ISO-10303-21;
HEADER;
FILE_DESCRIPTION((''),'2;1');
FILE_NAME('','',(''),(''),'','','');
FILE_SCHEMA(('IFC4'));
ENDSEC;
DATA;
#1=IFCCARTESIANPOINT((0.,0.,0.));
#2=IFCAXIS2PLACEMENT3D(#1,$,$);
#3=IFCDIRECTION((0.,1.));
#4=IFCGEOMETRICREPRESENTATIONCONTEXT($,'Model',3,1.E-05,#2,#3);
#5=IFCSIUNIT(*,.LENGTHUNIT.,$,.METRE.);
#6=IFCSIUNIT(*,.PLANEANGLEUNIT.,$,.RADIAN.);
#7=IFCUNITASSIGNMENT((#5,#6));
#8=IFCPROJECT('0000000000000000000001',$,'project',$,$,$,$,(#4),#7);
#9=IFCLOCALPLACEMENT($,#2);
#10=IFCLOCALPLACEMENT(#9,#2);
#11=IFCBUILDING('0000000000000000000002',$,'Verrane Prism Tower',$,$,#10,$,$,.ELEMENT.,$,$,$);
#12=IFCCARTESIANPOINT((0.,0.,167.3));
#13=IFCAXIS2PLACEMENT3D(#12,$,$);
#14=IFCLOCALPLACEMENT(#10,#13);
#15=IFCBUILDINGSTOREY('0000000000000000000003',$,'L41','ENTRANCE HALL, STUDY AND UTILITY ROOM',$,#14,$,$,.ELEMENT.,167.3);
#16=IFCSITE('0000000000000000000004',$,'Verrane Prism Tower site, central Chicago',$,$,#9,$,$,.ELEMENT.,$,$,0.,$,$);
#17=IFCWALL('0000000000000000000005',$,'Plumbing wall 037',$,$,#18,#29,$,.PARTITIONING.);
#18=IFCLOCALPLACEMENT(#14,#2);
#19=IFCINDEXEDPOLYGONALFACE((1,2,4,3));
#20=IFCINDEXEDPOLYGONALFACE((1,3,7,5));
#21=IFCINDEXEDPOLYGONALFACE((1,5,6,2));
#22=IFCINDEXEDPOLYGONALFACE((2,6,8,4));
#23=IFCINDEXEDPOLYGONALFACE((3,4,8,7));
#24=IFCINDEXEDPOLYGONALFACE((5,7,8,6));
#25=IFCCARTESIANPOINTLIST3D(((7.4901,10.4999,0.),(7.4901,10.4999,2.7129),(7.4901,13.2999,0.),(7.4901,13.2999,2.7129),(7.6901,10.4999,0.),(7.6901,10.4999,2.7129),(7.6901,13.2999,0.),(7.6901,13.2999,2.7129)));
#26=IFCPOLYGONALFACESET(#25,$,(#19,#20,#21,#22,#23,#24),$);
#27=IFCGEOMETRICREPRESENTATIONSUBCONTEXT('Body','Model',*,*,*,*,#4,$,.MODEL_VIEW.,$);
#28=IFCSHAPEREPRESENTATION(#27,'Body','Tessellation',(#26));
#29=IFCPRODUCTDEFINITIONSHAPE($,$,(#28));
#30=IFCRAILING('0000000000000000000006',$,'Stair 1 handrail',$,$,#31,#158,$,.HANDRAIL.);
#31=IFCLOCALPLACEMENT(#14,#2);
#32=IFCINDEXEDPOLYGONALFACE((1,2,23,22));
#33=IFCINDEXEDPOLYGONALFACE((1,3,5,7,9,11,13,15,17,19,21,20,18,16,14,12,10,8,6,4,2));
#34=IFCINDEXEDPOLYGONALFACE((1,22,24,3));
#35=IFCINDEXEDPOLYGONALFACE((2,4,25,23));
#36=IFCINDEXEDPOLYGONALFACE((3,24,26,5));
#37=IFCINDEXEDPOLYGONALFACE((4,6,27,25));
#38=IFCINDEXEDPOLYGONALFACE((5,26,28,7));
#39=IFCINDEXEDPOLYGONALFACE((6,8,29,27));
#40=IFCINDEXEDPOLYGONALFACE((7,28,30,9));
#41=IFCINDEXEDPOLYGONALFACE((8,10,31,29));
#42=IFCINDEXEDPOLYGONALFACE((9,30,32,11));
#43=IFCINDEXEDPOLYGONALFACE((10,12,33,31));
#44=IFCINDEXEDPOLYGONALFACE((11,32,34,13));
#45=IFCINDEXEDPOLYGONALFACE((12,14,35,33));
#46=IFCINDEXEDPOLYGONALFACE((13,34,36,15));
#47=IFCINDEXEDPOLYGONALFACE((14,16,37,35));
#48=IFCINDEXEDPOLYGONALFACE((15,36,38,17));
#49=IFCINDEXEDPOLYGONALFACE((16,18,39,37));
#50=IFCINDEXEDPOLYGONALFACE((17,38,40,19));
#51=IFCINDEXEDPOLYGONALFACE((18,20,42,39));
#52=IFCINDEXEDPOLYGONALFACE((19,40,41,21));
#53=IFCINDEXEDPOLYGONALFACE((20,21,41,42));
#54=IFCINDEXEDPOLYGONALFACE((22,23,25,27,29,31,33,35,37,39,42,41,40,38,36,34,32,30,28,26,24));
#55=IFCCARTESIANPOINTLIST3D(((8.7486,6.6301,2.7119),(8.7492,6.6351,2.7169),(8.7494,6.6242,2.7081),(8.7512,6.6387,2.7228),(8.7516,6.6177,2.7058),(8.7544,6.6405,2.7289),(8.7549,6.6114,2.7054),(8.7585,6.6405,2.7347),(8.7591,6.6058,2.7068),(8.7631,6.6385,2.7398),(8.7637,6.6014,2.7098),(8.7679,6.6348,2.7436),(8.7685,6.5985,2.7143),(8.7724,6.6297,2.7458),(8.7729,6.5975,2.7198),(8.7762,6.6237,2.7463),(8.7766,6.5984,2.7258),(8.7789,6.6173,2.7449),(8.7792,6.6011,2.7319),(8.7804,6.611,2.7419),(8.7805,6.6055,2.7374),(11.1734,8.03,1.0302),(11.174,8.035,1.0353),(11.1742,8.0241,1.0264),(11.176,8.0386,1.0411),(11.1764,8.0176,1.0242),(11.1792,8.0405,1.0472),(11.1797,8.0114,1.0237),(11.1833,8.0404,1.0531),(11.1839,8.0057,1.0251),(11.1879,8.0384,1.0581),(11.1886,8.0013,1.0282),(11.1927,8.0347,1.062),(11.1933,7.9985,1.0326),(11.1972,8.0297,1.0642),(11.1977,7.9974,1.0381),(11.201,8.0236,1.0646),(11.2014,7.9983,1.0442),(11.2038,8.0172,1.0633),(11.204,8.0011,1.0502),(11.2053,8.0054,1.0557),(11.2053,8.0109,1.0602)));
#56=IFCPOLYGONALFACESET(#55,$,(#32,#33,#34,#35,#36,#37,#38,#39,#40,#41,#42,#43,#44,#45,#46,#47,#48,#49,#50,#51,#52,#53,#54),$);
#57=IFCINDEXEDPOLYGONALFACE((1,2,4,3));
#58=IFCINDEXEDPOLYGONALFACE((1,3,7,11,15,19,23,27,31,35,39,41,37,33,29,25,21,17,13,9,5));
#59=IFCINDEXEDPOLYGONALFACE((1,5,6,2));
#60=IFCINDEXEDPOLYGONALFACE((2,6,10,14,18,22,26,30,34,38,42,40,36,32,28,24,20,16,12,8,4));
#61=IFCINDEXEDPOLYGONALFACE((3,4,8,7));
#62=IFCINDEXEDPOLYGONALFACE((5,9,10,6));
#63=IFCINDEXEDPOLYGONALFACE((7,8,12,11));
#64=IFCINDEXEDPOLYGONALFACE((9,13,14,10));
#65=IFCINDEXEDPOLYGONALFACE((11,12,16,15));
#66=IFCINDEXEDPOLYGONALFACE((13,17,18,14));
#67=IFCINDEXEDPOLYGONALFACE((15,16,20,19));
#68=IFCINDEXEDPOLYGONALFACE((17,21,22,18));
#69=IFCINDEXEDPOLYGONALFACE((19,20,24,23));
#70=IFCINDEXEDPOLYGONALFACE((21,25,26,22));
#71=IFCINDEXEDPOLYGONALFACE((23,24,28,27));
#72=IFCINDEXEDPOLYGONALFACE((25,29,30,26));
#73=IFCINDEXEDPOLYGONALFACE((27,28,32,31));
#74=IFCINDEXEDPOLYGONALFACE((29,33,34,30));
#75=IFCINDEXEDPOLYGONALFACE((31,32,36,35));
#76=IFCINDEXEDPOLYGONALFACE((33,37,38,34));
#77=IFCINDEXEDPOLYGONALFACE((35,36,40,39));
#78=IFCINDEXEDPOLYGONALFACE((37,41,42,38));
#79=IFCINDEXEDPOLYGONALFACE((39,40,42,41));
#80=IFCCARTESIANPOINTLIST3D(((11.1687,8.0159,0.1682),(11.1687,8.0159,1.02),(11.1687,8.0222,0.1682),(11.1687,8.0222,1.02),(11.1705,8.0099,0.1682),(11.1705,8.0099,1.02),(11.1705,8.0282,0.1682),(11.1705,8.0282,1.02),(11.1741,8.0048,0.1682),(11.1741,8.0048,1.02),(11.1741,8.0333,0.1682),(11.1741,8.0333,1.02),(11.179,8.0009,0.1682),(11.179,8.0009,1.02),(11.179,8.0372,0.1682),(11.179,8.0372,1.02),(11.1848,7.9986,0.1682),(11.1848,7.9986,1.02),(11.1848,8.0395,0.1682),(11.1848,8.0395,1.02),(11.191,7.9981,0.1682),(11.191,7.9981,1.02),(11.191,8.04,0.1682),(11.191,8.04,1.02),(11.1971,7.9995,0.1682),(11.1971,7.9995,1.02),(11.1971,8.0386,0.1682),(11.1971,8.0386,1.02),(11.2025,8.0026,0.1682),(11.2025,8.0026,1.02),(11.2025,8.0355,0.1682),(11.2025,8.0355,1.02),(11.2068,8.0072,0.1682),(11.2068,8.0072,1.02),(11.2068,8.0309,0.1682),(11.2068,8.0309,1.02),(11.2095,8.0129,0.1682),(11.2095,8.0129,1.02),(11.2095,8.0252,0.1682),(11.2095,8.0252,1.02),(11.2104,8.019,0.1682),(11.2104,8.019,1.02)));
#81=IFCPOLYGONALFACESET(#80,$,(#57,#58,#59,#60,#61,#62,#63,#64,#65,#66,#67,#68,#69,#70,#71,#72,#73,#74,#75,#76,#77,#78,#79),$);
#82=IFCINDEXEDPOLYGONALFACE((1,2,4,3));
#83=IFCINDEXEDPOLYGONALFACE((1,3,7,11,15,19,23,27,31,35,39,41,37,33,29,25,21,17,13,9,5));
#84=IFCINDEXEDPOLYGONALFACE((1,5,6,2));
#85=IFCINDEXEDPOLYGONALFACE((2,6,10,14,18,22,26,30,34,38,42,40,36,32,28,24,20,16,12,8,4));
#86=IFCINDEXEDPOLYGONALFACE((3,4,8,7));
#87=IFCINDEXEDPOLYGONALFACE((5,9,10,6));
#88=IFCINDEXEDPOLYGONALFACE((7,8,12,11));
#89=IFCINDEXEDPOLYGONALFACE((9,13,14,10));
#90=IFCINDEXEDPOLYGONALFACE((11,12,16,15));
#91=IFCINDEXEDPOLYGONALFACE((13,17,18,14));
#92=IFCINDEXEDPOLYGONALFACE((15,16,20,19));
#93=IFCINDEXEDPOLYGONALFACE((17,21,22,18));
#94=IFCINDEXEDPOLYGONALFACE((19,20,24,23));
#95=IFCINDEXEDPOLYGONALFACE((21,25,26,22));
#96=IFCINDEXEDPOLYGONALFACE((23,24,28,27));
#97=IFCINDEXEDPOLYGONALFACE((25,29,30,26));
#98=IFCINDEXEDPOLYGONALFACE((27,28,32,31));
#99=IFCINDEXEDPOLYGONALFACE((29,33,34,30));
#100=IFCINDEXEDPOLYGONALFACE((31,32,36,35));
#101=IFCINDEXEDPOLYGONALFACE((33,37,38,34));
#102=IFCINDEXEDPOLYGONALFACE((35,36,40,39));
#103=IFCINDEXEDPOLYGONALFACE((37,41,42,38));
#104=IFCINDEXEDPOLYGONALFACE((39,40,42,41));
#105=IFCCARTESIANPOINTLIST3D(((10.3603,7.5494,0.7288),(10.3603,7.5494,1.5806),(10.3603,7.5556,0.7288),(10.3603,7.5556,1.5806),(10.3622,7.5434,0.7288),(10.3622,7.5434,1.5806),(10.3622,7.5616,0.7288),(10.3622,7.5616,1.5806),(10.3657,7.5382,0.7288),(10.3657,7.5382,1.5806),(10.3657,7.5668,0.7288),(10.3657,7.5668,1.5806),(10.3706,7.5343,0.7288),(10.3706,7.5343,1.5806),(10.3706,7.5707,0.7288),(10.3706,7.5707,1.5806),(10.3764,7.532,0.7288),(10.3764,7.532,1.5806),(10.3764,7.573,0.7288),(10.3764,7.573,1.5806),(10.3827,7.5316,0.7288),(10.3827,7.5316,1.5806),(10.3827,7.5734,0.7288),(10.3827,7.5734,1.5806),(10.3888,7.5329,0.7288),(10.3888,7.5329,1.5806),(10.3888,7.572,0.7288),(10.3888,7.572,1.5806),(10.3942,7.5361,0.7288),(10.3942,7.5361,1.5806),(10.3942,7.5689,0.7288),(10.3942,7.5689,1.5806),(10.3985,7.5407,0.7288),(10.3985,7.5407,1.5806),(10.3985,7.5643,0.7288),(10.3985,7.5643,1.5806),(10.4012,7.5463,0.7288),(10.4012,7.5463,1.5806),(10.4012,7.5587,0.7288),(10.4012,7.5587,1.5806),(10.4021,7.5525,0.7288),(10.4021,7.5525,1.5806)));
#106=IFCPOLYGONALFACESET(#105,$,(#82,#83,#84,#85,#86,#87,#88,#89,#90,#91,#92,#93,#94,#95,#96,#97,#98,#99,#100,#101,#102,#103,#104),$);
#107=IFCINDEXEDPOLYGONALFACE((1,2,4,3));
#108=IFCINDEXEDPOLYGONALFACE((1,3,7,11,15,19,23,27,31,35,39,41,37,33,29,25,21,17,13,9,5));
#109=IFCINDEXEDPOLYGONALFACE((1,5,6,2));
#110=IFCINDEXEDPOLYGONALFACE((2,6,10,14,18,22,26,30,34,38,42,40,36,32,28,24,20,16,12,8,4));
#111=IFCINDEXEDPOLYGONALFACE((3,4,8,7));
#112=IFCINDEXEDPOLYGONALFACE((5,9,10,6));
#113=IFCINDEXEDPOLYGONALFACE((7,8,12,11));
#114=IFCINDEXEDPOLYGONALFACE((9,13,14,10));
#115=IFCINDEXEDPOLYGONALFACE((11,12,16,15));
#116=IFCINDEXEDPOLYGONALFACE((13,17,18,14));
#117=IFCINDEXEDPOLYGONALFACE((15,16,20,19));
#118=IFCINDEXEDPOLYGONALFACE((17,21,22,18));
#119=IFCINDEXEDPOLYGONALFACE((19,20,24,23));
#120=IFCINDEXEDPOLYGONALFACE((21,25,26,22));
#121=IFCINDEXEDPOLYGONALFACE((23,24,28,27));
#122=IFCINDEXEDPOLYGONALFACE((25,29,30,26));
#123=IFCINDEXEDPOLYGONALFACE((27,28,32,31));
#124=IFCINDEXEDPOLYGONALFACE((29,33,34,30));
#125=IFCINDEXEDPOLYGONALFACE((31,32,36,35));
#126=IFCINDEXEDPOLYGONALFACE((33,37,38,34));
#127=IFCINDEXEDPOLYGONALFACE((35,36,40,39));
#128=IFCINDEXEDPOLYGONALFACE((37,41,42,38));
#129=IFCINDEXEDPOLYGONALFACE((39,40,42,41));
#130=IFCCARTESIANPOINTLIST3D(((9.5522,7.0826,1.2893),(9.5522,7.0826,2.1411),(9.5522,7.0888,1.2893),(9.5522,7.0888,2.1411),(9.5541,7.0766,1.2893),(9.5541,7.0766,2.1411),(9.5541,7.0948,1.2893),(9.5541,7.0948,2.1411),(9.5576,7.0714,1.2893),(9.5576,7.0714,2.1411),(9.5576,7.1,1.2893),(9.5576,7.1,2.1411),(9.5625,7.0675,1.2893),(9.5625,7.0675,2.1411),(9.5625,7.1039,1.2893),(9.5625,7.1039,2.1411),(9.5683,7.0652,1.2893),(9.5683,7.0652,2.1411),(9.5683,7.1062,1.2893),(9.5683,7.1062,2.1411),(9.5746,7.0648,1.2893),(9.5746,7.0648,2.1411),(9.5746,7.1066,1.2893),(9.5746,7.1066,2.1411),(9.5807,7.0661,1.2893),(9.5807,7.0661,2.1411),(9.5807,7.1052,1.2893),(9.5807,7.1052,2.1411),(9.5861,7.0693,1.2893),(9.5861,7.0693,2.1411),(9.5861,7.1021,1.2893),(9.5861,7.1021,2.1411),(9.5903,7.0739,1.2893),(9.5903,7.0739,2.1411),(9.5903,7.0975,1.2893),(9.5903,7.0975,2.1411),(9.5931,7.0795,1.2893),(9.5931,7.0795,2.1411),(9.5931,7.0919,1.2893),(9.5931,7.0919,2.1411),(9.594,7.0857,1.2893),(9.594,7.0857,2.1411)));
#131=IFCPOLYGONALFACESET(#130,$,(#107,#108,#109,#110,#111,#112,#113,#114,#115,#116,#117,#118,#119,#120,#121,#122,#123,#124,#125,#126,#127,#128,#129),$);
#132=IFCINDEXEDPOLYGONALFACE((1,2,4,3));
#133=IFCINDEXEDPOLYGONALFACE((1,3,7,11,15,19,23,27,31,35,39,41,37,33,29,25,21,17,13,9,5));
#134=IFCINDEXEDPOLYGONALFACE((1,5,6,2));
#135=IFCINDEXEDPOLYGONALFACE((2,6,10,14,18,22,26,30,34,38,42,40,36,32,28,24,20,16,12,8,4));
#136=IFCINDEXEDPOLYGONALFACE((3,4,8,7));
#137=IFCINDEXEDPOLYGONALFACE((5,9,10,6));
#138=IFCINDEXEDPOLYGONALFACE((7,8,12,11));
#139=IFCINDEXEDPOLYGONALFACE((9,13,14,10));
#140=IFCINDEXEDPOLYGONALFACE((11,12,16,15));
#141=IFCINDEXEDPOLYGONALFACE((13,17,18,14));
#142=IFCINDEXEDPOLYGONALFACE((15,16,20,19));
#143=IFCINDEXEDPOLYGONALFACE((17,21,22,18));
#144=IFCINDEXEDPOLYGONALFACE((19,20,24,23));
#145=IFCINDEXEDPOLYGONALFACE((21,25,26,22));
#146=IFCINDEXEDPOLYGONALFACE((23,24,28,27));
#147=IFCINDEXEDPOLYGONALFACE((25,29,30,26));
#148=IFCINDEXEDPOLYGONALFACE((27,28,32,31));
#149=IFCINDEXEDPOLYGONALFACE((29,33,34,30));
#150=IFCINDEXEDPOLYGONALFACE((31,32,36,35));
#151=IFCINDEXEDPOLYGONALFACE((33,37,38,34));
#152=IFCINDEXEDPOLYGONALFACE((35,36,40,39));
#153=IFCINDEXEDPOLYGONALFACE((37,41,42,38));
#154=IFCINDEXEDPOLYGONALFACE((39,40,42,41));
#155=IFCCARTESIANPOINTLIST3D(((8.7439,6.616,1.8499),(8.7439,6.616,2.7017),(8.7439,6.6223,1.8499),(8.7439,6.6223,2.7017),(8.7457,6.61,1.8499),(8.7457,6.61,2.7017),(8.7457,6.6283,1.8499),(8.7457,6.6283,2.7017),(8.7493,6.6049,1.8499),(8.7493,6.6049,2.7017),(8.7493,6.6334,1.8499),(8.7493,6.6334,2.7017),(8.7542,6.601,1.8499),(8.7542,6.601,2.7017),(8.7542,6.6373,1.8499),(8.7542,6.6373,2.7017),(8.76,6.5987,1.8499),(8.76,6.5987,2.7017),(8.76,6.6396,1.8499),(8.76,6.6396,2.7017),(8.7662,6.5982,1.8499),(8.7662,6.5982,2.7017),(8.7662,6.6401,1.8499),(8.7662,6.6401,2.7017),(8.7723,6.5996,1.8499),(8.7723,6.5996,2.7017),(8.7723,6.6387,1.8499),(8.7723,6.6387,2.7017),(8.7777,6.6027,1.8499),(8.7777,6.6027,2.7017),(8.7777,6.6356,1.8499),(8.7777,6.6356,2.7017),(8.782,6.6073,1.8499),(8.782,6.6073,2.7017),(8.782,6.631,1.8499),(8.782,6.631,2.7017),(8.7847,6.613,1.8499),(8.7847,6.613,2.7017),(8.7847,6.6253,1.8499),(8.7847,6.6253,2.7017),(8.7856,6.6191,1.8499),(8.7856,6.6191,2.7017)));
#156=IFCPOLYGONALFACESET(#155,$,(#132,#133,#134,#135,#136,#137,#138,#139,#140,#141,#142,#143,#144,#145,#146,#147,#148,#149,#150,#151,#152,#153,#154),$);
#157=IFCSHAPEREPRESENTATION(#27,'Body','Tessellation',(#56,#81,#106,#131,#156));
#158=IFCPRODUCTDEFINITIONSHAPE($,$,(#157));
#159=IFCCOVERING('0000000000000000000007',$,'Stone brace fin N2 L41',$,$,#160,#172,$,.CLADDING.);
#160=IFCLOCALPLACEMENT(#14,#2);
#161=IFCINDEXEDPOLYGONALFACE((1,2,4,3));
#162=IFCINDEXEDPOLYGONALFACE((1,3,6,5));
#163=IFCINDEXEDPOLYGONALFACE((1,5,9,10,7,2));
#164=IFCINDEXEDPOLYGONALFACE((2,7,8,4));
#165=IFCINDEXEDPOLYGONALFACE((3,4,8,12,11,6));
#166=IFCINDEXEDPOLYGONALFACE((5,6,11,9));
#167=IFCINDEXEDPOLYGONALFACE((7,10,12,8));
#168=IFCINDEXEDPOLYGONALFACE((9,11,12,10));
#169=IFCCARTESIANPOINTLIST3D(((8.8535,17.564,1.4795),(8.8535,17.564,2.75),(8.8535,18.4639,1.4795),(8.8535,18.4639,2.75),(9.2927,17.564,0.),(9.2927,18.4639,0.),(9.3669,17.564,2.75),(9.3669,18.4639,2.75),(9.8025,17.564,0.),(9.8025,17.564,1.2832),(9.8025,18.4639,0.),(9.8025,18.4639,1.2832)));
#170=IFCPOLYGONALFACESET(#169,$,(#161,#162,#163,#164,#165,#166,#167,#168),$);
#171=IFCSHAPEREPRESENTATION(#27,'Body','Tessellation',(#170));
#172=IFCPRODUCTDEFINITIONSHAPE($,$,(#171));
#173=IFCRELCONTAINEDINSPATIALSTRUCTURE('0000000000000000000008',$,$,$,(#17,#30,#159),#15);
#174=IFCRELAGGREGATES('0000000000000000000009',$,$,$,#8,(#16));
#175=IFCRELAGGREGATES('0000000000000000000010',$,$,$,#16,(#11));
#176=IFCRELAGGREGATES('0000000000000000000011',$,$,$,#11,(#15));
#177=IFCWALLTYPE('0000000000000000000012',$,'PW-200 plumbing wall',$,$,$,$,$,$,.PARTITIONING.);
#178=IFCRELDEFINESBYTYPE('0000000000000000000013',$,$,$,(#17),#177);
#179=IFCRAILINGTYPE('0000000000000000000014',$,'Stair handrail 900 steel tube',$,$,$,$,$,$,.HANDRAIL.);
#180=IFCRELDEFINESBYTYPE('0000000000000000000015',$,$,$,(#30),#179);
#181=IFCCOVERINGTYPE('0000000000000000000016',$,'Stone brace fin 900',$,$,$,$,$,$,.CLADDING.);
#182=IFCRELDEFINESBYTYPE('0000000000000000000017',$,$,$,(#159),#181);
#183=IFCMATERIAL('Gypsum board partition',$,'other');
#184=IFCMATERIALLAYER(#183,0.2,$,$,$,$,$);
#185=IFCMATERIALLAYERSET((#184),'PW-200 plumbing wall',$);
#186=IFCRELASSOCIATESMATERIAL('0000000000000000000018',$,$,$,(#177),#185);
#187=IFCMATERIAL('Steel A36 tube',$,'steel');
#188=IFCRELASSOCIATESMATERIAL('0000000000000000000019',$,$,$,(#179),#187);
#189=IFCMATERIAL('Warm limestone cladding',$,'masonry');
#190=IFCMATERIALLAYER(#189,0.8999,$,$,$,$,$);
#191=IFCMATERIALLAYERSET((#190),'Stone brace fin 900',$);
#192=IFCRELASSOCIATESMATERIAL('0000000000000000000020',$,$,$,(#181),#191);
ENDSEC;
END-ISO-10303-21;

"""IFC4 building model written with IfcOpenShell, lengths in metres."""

from ifc_helpers import new_model, si_unit, direction, frame, frame_2d, origin, origin_2d, place, context, subcontext, project, spatial, polyline, rectangle, circle, outline, extrude, material, layer, layer_set, type_object, element, save


model = new_model("IFC4")

# Units and contexts
model_context = context("Model", 3, precision=1e-05, world=origin(), true_north=direction((0.0, 1.0)))
body_context = subcontext(model_context, "Body", "Model", "MODEL_VIEW")
ifc_project = project(units=[si_unit("LENGTHUNIT", "METRE"), si_unit("PLANEANGLEUNIT", "RADIAN")], contexts=[model_context])

# Site, building, storey
site_placement = place(None, origin())
site = spatial("IfcSite", under=ifc_project, at=site_placement, Name="Verrane Prism Tower site, central Chicago", CompositionType="ELEMENT", RefElevation=0.0)
building_placement = place(site_placement, origin())
building = spatial("IfcBuilding", under=site, at=building_placement, Name="Verrane Prism Tower", CompositionType="ELEMENT")
storey_placement = place(building_placement, frame((0.0, 0.0, 167.3)))
storey = spatial("IfcBuildingStorey", under=building, at=storey_placement, Name="L41", Description="ENTRANCE HALL, STUDY AND UTILITY ROOM", CompositionType="ELEMENT", Elevation=167.3)

# Shared definitions
ifc_material_1 = material(Name="Gypsum board partition", Category="other")
ifc_layer_1 = layer(ifc_material_1, 0.2)
ifc_layer_set_1 = layer_set([ifc_layer_1], Name="PW-200 plumbing wall")
wall_type_1 = type_object("IfcWallType", Name="PW-200 plumbing wall", PredefinedType="PARTITIONING", material=ifc_layer_set_1)

# Wall
wall_1_placement = place(storey_placement, frame((7.5901, 10.5, 0.0), z_axis=(0.0, 0.0, 1.0), x_axis=(0.0, 1.0, 0.0)))
element("IfcWall", 1, at=wall_1_placement, inside=storey, type_object=wall_type_1, Name="Plumbing wall 037", PredefinedType="PARTITIONING", context=body_context, shape_type="SweptSolid", body=[
    extrude(rectangle(XDim=2.8, YDim=0.2, at=frame_2d((1.3999, 0.0))), origin(), (0.0, 0.0, 1.0), 2.7129),
])

# Railing
ifc_material_2 = material(Name="Steel A36 tube", Category="steel")
railing_type = type_object("IfcRailingType", Name="Stair handrail 900 steel tube", PredefinedType="HANDRAIL", material=ifc_material_2)
railing_placement = place(storey_placement, frame((11.1895, 8.019, 0.1682)))
element("IfcRailing", 2, at=railing_placement, inside=storey, type_object=railing_type, Name="Stair 1 handrail", PredefinedType="HANDRAIL", context=body_context, shape_type="SweptSolid", body=[
    extrude(circle(Radius=0.0239, at=origin_2d()), frame((0.0, 0.0, 0.876), z_axis=(-0.742419, -0.428618, 0.514879), x_axis=(0.499984, -0.866035, 0.0)), (0.0, 0.0, 1.0), 3.2661),
    extrude(circle(Radius=0.021, at=origin_2d()), origin(), (0.0, 0.0, 1.0), 0.8518),
    extrude(circle(Radius=0.021, at=origin_2d()), frame((-0.8083, -0.4666, 0.5605)), (0.0, 0.0, 1.0), 0.8518),
    extrude(circle(Radius=0.021, at=origin_2d()), frame((-1.6165, -0.9333, 1.1211)), (0.0, 0.0, 1.0), 0.8518),
    extrude(circle(Radius=0.021, at=origin_2d()), frame((-2.4248, -1.3999, 1.6816)), (0.0, 0.0, 1.0), 0.8518),
])

# Covering
ifc_material_3 = material(Name="Warm limestone cladding", Category="masonry")
ifc_layer_2 = layer(ifc_material_3, 0.8999)
ifc_layer_set_2 = layer_set([ifc_layer_2], Name="Stone brace fin 900")
covering_type = type_object("IfcCoveringType", Name="Stone brace fin 900", PredefinedType="CLADDING", material=ifc_layer_set_2)
covering_placement = place(storey_placement, frame((9.8025, 18.0139, 0.0), z_axis=(0.0, 0.0, 1.0), x_axis=(-1.0, 0.0, 0.0)))
element("IfcCovering", 3, at=covering_placement, inside=storey, type_object=covering_type, Name="Stone brace fin N2 L41", PredefinedType="CLADDING", context=body_context, shape_type="SweptSolid", body=[
    extrude(outline(polyline([(0.949, 2.75), (0.4355, 2.75), (0.0, 1.2832), (0.0, 0.0), (0.5098, 0.0), (0.949, 1.4795), (0.949, 2.75)])), frame((0.0, 0.45, 0.0), z_axis=(0.0, -1.0, 0.0), x_axis=(1.0, 0.0, 0.0)), (0.0, 0.0, 1.0), 0.8999),
])

save(model, "model.ifc")
